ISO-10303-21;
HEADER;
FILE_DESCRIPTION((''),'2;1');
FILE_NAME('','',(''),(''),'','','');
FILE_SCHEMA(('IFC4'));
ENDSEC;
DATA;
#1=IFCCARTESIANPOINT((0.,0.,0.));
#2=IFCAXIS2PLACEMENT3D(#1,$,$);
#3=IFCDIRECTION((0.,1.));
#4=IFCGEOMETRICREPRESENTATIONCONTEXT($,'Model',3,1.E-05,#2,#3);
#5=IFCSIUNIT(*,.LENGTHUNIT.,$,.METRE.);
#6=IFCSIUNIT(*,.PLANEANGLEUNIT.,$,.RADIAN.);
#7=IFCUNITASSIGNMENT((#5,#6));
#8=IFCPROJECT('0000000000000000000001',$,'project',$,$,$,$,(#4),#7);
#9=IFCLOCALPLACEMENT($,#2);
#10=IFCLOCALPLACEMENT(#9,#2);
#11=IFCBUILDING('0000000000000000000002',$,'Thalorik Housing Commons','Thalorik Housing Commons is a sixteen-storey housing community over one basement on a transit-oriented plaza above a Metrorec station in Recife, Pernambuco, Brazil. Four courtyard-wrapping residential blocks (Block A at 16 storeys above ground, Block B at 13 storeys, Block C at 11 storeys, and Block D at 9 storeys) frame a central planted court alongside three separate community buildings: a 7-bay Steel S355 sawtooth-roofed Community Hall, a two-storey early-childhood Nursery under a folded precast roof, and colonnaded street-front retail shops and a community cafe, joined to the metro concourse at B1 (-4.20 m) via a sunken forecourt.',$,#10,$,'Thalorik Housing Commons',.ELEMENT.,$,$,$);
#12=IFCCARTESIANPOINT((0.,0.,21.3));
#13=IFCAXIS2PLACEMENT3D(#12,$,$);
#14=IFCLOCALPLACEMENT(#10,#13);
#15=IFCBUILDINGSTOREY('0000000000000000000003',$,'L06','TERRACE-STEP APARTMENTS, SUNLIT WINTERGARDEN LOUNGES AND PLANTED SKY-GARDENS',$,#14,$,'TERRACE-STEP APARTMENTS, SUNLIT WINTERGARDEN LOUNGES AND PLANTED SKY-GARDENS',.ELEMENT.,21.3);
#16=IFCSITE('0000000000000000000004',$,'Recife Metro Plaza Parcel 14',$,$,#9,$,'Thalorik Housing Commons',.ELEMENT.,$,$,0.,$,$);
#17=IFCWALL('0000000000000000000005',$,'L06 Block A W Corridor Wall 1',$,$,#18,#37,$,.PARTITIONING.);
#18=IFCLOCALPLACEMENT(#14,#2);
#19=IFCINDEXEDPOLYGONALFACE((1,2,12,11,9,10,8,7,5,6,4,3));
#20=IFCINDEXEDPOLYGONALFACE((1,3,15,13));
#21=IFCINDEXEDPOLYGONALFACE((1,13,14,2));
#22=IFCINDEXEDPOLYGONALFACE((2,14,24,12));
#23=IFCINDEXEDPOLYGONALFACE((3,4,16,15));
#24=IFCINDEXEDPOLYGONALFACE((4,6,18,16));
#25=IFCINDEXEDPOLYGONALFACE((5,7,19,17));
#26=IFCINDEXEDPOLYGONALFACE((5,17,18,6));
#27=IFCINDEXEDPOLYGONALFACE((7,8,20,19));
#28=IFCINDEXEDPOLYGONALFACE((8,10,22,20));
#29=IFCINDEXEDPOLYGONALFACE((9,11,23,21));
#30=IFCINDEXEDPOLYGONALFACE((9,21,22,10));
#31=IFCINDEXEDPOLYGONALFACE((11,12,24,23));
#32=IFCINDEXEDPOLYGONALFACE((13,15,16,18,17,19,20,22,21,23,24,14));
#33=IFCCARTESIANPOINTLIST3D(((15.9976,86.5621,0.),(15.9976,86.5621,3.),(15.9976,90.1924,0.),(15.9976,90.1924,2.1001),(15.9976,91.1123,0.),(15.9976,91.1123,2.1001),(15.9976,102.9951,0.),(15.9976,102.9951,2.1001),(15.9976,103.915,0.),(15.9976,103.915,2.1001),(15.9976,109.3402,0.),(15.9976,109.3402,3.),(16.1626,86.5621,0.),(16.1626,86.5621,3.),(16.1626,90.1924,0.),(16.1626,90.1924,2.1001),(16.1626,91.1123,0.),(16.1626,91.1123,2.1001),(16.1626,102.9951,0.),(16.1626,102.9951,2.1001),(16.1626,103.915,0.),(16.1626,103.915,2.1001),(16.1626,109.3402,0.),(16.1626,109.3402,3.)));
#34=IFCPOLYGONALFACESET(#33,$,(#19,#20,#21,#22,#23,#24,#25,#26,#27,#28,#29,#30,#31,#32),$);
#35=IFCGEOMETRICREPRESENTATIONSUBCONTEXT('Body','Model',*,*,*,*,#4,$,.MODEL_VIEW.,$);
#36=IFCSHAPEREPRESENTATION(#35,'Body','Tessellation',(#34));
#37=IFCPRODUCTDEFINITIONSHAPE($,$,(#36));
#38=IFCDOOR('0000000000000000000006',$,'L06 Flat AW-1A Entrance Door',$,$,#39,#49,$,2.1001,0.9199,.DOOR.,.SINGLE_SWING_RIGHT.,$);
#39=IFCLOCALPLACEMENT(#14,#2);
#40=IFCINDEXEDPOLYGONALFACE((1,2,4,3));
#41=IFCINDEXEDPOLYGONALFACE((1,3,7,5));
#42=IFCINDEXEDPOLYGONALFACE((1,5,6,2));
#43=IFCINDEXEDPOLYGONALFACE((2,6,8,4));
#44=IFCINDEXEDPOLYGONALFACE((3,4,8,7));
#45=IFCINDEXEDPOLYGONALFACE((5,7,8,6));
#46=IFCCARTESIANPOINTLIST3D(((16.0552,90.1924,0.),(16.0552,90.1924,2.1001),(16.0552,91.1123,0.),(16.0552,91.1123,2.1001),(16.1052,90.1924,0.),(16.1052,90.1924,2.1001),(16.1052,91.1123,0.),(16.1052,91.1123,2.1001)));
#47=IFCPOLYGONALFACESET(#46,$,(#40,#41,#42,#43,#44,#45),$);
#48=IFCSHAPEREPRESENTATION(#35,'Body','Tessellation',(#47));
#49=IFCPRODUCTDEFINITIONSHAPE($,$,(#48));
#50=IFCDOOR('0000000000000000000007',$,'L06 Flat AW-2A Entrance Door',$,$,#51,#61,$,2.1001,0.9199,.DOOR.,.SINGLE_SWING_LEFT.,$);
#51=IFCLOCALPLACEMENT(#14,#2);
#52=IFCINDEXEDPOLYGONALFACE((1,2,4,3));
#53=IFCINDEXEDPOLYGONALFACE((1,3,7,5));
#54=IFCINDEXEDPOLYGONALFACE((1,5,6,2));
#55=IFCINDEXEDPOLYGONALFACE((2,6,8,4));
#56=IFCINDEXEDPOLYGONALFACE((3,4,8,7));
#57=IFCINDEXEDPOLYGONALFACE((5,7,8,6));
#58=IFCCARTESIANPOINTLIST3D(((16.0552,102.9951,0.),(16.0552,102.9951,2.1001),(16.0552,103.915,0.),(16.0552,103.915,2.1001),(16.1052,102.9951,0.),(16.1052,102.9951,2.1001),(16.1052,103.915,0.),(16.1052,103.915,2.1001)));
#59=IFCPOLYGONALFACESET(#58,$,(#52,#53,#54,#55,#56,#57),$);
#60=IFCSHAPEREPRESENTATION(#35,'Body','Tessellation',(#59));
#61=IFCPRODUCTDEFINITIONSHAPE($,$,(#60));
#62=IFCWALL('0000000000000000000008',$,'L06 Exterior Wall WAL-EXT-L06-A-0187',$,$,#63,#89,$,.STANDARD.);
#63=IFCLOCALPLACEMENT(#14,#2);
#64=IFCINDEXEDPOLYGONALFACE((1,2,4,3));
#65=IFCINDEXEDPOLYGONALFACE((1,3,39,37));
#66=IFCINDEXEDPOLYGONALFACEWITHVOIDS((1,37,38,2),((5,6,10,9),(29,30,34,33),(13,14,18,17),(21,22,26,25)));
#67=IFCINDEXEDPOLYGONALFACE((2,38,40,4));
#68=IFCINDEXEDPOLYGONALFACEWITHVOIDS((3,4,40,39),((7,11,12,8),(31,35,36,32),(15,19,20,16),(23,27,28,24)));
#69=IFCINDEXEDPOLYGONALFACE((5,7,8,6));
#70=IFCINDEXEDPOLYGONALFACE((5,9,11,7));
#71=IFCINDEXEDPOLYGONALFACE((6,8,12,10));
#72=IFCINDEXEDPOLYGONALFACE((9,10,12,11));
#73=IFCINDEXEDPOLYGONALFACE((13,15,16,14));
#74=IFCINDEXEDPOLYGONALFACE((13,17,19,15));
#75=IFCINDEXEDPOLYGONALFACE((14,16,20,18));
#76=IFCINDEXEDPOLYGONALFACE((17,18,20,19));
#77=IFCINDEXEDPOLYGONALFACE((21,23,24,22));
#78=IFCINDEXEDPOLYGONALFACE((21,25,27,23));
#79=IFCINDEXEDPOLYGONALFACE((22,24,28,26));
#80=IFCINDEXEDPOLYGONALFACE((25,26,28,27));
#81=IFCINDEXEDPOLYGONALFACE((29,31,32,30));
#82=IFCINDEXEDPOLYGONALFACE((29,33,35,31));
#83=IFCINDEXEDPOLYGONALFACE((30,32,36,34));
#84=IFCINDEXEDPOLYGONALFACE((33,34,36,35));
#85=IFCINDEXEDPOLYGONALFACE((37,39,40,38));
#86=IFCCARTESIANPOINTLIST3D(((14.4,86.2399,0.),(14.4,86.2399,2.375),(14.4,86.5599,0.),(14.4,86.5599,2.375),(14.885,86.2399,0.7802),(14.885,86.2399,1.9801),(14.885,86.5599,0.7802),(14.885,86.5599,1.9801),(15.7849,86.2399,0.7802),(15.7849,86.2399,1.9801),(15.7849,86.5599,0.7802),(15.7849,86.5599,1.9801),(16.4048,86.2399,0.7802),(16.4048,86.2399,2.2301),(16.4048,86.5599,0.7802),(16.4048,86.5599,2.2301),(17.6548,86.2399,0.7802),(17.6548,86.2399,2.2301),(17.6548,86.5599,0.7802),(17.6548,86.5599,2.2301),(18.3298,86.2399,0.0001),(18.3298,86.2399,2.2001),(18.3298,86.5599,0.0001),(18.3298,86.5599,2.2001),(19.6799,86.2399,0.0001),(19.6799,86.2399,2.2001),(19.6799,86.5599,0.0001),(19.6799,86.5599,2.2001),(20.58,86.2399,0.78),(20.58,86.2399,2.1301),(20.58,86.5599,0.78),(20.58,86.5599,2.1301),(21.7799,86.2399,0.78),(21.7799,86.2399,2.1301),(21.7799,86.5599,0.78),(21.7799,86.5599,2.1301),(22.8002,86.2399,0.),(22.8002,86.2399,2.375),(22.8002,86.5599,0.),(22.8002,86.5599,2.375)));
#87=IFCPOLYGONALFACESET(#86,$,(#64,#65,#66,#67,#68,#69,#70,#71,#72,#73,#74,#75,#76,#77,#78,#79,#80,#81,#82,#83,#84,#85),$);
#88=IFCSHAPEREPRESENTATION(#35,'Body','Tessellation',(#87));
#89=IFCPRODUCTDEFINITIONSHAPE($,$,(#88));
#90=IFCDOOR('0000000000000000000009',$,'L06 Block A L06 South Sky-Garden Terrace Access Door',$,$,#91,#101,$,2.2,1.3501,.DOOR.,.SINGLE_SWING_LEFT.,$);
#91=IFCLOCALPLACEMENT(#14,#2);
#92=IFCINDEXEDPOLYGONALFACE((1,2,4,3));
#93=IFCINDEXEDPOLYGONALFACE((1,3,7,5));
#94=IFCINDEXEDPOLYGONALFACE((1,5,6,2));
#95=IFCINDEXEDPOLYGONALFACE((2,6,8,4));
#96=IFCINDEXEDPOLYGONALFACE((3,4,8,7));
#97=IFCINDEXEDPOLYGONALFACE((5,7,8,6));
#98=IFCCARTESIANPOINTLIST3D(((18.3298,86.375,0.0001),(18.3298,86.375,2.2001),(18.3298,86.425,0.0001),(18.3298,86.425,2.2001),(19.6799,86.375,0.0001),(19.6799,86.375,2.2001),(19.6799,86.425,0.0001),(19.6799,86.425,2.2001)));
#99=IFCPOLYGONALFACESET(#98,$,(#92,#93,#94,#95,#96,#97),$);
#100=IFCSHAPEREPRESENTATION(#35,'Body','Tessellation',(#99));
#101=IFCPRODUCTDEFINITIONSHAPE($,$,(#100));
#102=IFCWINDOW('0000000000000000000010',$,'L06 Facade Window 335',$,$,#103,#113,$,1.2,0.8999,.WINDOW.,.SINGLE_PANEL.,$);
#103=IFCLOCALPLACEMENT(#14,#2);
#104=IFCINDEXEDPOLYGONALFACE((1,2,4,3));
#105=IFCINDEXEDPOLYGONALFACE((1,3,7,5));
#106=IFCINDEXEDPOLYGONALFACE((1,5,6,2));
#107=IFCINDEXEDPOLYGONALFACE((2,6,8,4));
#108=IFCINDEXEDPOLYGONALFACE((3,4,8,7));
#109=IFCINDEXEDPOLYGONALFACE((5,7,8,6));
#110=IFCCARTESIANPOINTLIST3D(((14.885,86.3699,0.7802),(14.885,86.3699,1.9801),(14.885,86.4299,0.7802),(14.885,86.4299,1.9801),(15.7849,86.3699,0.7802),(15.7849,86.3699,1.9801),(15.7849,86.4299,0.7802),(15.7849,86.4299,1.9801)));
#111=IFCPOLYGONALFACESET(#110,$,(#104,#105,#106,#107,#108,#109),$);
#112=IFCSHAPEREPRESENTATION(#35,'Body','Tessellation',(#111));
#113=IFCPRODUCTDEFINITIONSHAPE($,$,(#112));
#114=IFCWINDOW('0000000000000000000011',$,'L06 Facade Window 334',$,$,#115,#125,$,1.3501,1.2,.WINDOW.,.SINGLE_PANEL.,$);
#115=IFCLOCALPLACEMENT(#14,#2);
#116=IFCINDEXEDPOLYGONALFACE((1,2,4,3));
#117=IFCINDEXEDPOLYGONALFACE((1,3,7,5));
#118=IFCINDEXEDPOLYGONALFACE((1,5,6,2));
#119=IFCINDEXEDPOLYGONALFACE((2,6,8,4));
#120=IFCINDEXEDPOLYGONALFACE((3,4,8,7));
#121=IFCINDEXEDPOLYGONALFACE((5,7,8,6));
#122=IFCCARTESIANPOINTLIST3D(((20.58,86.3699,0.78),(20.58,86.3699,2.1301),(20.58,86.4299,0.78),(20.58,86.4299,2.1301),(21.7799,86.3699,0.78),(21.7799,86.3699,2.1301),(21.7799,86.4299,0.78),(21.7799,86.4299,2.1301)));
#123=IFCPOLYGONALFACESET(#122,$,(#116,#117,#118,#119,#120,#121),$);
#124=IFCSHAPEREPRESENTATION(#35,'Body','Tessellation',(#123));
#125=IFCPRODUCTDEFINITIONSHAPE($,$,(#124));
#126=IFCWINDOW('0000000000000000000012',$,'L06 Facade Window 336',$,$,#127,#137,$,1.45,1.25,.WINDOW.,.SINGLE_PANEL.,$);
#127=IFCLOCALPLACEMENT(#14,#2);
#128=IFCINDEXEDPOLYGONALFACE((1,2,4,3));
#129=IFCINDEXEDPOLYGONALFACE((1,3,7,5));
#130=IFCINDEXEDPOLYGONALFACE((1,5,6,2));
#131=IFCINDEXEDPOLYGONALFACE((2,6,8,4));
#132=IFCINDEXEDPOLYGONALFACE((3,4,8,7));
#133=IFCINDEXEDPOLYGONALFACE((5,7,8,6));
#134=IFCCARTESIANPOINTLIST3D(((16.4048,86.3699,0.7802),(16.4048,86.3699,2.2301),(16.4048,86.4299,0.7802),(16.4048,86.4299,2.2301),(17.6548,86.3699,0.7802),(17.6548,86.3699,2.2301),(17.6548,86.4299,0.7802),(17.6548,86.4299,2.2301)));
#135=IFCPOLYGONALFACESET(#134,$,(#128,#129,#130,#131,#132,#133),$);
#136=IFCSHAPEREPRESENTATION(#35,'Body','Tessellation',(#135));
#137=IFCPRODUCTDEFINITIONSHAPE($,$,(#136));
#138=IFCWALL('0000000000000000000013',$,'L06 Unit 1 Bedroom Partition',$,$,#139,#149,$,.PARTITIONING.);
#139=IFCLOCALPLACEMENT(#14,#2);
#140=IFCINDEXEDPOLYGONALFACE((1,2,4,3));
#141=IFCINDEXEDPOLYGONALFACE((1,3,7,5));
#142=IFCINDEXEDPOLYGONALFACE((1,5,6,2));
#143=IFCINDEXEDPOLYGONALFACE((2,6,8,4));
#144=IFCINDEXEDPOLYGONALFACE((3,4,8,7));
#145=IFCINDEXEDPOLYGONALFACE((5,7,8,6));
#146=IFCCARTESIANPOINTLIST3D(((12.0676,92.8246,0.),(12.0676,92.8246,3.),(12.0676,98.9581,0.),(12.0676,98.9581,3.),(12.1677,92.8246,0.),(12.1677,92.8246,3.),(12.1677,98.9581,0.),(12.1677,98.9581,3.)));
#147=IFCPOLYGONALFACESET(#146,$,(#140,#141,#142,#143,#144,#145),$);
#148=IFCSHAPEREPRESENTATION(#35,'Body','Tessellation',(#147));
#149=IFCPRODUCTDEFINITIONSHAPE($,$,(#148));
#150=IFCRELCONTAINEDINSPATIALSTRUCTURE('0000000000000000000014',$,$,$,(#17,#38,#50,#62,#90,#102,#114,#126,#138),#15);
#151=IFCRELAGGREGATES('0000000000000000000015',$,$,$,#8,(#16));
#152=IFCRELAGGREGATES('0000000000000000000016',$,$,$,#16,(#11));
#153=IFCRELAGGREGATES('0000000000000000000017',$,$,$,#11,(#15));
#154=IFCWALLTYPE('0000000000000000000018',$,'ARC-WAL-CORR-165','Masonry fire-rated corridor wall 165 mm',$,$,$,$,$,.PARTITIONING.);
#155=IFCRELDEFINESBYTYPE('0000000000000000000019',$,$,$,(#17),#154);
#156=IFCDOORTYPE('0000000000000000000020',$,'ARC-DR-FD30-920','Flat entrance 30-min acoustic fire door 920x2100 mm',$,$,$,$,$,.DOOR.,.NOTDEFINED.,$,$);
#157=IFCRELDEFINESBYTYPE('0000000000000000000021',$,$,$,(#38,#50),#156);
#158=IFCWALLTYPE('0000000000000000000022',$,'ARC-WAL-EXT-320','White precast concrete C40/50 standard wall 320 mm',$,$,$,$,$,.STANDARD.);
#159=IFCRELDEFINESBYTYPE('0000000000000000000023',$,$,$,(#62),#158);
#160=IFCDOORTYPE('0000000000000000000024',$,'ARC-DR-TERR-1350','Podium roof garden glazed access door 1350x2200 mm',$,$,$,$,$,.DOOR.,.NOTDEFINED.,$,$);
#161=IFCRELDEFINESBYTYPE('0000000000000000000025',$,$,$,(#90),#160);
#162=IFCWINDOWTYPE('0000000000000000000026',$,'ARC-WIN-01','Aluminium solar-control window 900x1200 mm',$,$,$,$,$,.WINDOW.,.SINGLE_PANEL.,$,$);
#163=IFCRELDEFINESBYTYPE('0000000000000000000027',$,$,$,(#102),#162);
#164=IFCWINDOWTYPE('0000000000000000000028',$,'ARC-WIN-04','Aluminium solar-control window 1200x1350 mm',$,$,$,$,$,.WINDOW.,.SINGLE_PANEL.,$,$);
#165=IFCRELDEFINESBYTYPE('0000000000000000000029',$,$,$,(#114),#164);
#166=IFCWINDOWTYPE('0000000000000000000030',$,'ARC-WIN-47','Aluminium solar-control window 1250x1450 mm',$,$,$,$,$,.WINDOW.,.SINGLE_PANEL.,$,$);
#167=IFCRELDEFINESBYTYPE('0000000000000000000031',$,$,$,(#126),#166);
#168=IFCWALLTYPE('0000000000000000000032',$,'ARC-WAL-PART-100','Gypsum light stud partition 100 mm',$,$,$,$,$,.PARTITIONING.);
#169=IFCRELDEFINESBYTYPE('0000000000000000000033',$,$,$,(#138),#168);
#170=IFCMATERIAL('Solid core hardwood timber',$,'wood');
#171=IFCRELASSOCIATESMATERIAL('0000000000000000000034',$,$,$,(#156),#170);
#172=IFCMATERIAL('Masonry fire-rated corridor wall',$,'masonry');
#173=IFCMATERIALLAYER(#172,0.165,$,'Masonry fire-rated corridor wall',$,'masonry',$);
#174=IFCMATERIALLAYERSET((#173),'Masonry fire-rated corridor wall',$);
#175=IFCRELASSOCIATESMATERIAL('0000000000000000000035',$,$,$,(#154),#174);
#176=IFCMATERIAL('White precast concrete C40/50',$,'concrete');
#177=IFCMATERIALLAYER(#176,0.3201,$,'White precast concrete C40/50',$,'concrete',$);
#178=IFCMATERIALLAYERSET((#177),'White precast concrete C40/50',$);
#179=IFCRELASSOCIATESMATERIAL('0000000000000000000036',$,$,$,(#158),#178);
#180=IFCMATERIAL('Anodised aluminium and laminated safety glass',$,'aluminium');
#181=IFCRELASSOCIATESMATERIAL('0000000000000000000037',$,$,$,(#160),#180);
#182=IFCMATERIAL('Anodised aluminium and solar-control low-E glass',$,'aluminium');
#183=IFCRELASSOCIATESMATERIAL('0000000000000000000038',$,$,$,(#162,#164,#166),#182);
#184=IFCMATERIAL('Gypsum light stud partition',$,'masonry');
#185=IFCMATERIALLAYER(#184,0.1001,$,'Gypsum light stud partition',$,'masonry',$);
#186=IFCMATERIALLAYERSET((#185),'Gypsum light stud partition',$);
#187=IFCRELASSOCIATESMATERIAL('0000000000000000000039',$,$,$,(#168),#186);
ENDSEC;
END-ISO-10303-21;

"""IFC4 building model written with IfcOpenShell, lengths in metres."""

from ifc_helpers import new_model, si_unit, direction, frame, frame_2d, origin, place, context, subcontext, project, spatial, rectangle, extrude, material, layer, layer_set, type_object, element, fill, save


model = new_model("IFC4")

# Units and contexts
model_context = context("Model", 3, precision=1e-05, world=origin(), true_north=direction((0.0, 1.0)))
body_context = subcontext(model_context, "Body", "Model", "MODEL_VIEW")
ifc_project = project(units=[si_unit("LENGTHUNIT", "METRE"), si_unit("PLANEANGLEUNIT", "RADIAN")], contexts=[model_context])

# Site, building, storey
site_placement = place(None, origin())
site = spatial("IfcSite", under=ifc_project, at=site_placement, Name="Recife Metro Plaza Parcel 14", LongName="Thalorik Housing Commons", CompositionType="ELEMENT", RefElevation=0.0)
building_placement = place(site_placement, origin())
building = spatial("IfcBuilding", under=site, at=building_placement, Name="Thalorik Housing Commons", Description="Thalorik Housing Commons is a sixteen-storey housing community over one basement on a transit-oriented plaza above a Metrorec station in Recife, Pernambuco, Brazil. Four courtyard-wrapping residential blocks (Block A at 16 storeys above ground, Block B at 13 storeys, Block C at 11 storeys, and Block D at 9 storeys) frame a central planted court alongside three separate community buildings: a 7-bay Steel S355 sawtooth-roofed Community Hall, a two-storey early-childhood Nursery under a folded precast roof, and colonnaded street-front retail shops and a community cafe, joined to the metro concourse at B1 (-4.20 m) via a sunken forecourt.", LongName="Thalorik Housing Commons", CompositionType="ELEMENT")
storey_placement = place(building_placement, frame((0.0, 0.0, 21.3)))
storey = spatial("IfcBuildingStorey", under=building, at=storey_placement, Name="L06", Description="TERRACE-STEP APARTMENTS, SUNLIT WINTERGARDEN LOUNGES AND PLANTED SKY-GARDENS", LongName="TERRACE-STEP APARTMENTS, SUNLIT WINTERGARDEN LOUNGES AND PLANTED SKY-GARDENS", CompositionType="ELEMENT", Elevation=21.3)

# Wall, openings, doors
ifc_material_1 = material(Name="Masonry fire-rated corridor wall", Category="masonry")
ifc_material_2 = material(Name="Solid core hardwood timber", Category="wood")
door_type_1 = type_object("IfcDoorType", Name="ARC-DR-FD30-920", Description="Flat entrance 30-min acoustic fire door 920x2100 mm", OperationType="NOTDEFINED", PredefinedType="DOOR", material=ifc_material_2)
ifc_layer_1 = layer(ifc_material_1, 0.165, Name="Masonry fire-rated corridor wall", Category="masonry")
ifc_layer_set_1 = layer_set([ifc_layer_1], Name="Masonry fire-rated corridor wall")
wall_type_1 = type_object("IfcWallType", Name="ARC-WAL-CORR-165", Description="Masonry fire-rated corridor wall 165 mm", PredefinedType="PARTITIONING", material=ifc_layer_set_1)
wall_1_placement = place(storey_placement, frame((16.0801, 86.562, 0.0), z_axis=(0.0, 0.0, 1.0), x_axis=(0.0, 1.0, 0.0)))
wall_1 = element("IfcWall", 1, at=wall_1_placement, inside=storey, type_object=wall_type_1, Name="L06 Block A W Corridor Wall 1", PredefinedType="PARTITIONING", context=body_context, shape_type="SweptSolid", body=[
    extrude(rectangle(XDim=22.7781, YDim=0.165, at=frame_2d((11.3892, 0.0))), origin(), (0.0, 0.0, 1.0), 3.0),
])
opening_1_placement = place(wall_1_placement, frame((3.6304, 0.0, 0.0)))
opening_1 = element("IfcOpeningElement", 2, at=opening_1_placement, cuts=wall_1, PredefinedType="OPENING", context=body_context, shape_type="SweptSolid", body=[
    extrude(rectangle(XDim=0.9199, YDim=2.1001, at=frame_2d((0.46, 1.05))), frame((0.0, 0.0925, 0.0), z_axis=(0.0, -1.0, 0.0), x_axis=(1.0, 0.0, 0.0)), (0.0, 0.0, 1.0), 0.1851),
])
opening_2_placement = place(wall_1_placement, frame((16.4331, 0.0, 0.0)))
opening_2 = element("IfcOpeningElement", 3, at=opening_2_placement, cuts=wall_1, PredefinedType="OPENING", context=body_context, shape_type="SweptSolid", body=[
    extrude(rectangle(XDim=0.9199, YDim=2.1001, at=frame_2d((0.46, 1.05))), frame((0.0, 0.0925, 0.0), z_axis=(0.0, -1.0, 0.0), x_axis=(1.0, 0.0, 0.0)), (0.0, 0.0, 1.0), 0.1851),
])
door_1_placement = place(opening_1_placement, origin())
door_1 = element("IfcDoor", 4, at=door_1_placement, inside=storey, type_object=door_type_1, Name="L06 Flat AW-1A Entrance Door", OperationType="SINGLE_SWING_RIGHT", OverallHeight=2.1001, OverallWidth=0.9199, PredefinedType="DOOR", context=body_context, shape_type="SweptSolid", body=[
    extrude(rectangle(XDim=0.9199, YDim=2.1001, at=frame_2d((0.46, 1.05))), frame((0.0, 0.0249, 0.0), z_axis=(0.0, -1.0, 0.0), x_axis=(1.0, 0.0, 0.0)), (0.0, 0.0, 1.0), 0.05),
])
fill(opening_1, door_1)
door_2_placement = place(opening_2_placement, origin())
door_2 = element("IfcDoor", 5, at=door_2_placement, inside=storey, type_object=door_type_1, Name="L06 Flat AW-2A Entrance Door", OperationType="SINGLE_SWING_LEFT", OverallHeight=2.1001, OverallWidth=0.9199, PredefinedType="DOOR", context=body_context, shape_type="SweptSolid", body=[
    extrude(rectangle(XDim=0.9199, YDim=2.1001, at=frame_2d((0.46, 1.05))), frame((0.0, 0.0249, 0.0), z_axis=(0.0, -1.0, 0.0), x_axis=(1.0, 0.0, 0.0)), (0.0, 0.0, 1.0), 0.05),
])
fill(opening_2, door_2)

# Wall, openings, door, windows
ifc_material_3 = material(Name="White precast concrete C40/50", Category="concrete")
ifc_layer_2 = layer(ifc_material_3, 0.3201, Name="White precast concrete C40/50", Category="concrete")
ifc_layer_set_2 = layer_set([ifc_layer_2], Name="White precast concrete C40/50")
wall_type_2 = type_object("IfcWallType", Name="ARC-WAL-EXT-320", Description="White precast concrete C40/50 standard wall 320 mm", PredefinedType="STANDARD", material=ifc_layer_set_2)
wall_2_placement = place(storey_placement, frame((14.3999, 86.3999, 0.0), z_axis=(0.0, 0.0, 1.0), x_axis=(1.0, 0.0, 0.0)))
wall_2 = element("IfcWall", 6, at=wall_2_placement, inside=storey, type_object=wall_type_2, Name="L06 Exterior Wall WAL-EXT-L06-A-0187", PredefinedType="STANDARD", context=body_context, shape_type="SweptSolid", body=[
    extrude(rectangle(XDim=8.4001, YDim=0.3201, at=frame_2d((4.2002, 0.0))), origin(), (0.0, 0.0, 1.0), 2.375),
])
opening_3_placement = place(wall_2_placement, frame((3.9299, 0.0, 0.0)))
opening_3 = element("IfcOpeningElement", 7, at=opening_3_placement, cuts=wall_2, PredefinedType="OPENING", context=body_context, shape_type="SweptSolid", body=[
    extrude(rectangle(XDim=1.3501, YDim=2.2, at=frame_2d((0.675, 1.1001))), frame((0.0, 0.1699, 0.0), z_axis=(0.0, -1.0, 0.0), x_axis=(1.0, 0.0, 0.0)), (0.0, 0.0, 1.0), 0.3401),
])
opening_4_placement = place(wall_2_placement, frame((6.1799, 0.0, 0.78)))
opening_4 = element("IfcOpeningElement", 8, at=opening_4_placement, cuts=wall_2, PredefinedType="OPENING", context=body_context, shape_type="SweptSolid", body=[
    extrude(rectangle(XDim=1.2, YDim=1.3501, at=frame_2d((0.6001, 0.675))), frame((0.0, 0.1699, 0.0), z_axis=(0.0, -1.0, 0.0), x_axis=(1.0, 0.0, 0.0)), (0.0, 0.0, 1.0), 0.3401),
])
opening_5_placement = place(wall_2_placement, frame((0.4851, 0.0, 0.78)))
opening_5 = element("IfcOpeningElement", 9, at=opening_5_placement, cuts=wall_2, PredefinedType="OPENING", context=body_context, shape_type="SweptSolid", body=[
    extrude(rectangle(XDim=0.8999, YDim=1.2, at=frame_2d((0.45, 0.6001))), frame((0.0, 0.1699, 0.0), z_axis=(0.0, -1.0, 0.0), x_axis=(1.0, 0.0, 0.0)), (0.0, 0.0, 1.0), 0.3401),
])
opening_6_placement = place(wall_2_placement, frame((2.0049, 0.0, 0.78)))
opening_6 = element("IfcOpeningElement", 10, at=opening_6_placement, cuts=wall_2, PredefinedType="OPENING", context=body_context, shape_type="SweptSolid", body=[
    extrude(rectangle(XDim=1.25, YDim=1.45, at=frame_2d((0.625, 0.7251))), frame((0.0, 0.1699, 0.0), z_axis=(0.0, -1.0, 0.0), x_axis=(1.0, 0.0, 0.0)), (0.0, 0.0, 1.0), 0.3401),
])
ifc_material_4 = material(Name="Anodised aluminium and laminated safety glass", Category="aluminium")
door_type_2 = type_object("IfcDoorType", Name="ARC-DR-TERR-1350", Description="Podium roof garden glazed access door 1350x2200 mm", OperationType="NOTDEFINED", PredefinedType="DOOR", material=ifc_material_4)
door_3_placement = place(opening_3_placement, frame((1.3501, 0.0, 0.0), z_axis=(0.0, 0.0, 1.0), x_axis=(-1.0, 0.0, 0.0)))
door_3 = element("IfcDoor", 11, at=door_3_placement, inside=storey, type_object=door_type_2, Name="L06 Block A L06 South Sky-Garden Terrace Access Door", OperationType="SINGLE_SWING_LEFT", OverallHeight=2.2, OverallWidth=1.3501, PredefinedType="DOOR", context=body_context, shape_type="SweptSolid", body=[
    extrude(rectangle(XDim=1.3501, YDim=2.2, at=frame_2d((0.675, 1.1001))), frame((0.0, 0.0249, 0.0), z_axis=(0.0, -1.0, 0.0), x_axis=(1.0, 0.0, 0.0)), (0.0, 0.0, 1.0), 0.05),
])
fill(opening_3, door_3)
ifc_material_5 = material(Name="Anodised aluminium and solar-control low-E glass", Category="aluminium")
window_type_1 = type_object("IfcWindowType", Name="ARC-WIN-01", Description="Aluminium solar-control window 900x1200 mm", PartitioningType="SINGLE_PANEL", PredefinedType="WINDOW", material=ifc_material_5)
window_1_placement = place(opening_5_placement, origin())
window_1 = element("IfcWindow", 12, at=window_1_placement, inside=storey, type_object=window_type_1, Name="L06 Facade Window 335", OverallHeight=1.2, OverallWidth=0.8999, PartitioningType="SINGLE_PANEL", PredefinedType="WINDOW", context=body_context, shape_type="SweptSolid", body=[
    extrude(rectangle(XDim=0.8999, YDim=1.2, at=frame_2d((0.45, 0.6001))), frame((0.0, 0.03, 0.0), z_axis=(0.0, -1.0, 0.0), x_axis=(1.0, 0.0, 0.0)), (0.0, 0.0, 1.0), 0.0601),
])
fill(opening_5, window_1)
window_type_2 = type_object("IfcWindowType", Name="ARC-WIN-04", Description="Aluminium solar-control window 1200x1350 mm", PartitioningType="SINGLE_PANEL", PredefinedType="WINDOW", material=ifc_material_5)
window_2_placement = place(opening_4_placement, origin())
window_2 = element("IfcWindow", 13, at=window_2_placement, inside=storey, type_object=window_type_2, Name="L06 Facade Window 334", OverallHeight=1.3501, OverallWidth=1.2, PartitioningType="SINGLE_PANEL", PredefinedType="WINDOW", context=body_context, shape_type="SweptSolid", body=[
    extrude(rectangle(XDim=1.2, YDim=1.3501, at=frame_2d((0.6001, 0.675))), frame((0.0, 0.03, 0.0), z_axis=(0.0, -1.0, 0.0), x_axis=(1.0, 0.0, 0.0)), (0.0, 0.0, 1.0), 0.0601),
])
fill(opening_4, window_2)
window_type_3 = type_object("IfcWindowType", Name="ARC-WIN-47", Description="Aluminium solar-control window 1250x1450 mm", PartitioningType="SINGLE_PANEL", PredefinedType="WINDOW", material=ifc_material_5)
window_3_placement = place(opening_6_placement, origin())
window_3 = element("IfcWindow", 14, at=window_3_placement, inside=storey, type_object=window_type_3, Name="L06 Facade Window 336", OverallHeight=1.45, OverallWidth=1.25, PartitioningType="SINGLE_PANEL", PredefinedType="WINDOW", context=body_context, shape_type="SweptSolid", body=[
    extrude(rectangle(XDim=1.25, YDim=1.45, at=frame_2d((0.625, 0.7251))), frame((0.0, 0.03, 0.0), z_axis=(0.0, -1.0, 0.0), x_axis=(1.0, 0.0, 0.0)), (0.0, 0.0, 1.0), 0.0601),
])
fill(opening_6, window_3)

# Wall
ifc_material_6 = material(Name="Gypsum light stud partition", Category="masonry")
ifc_layer_3 = layer(ifc_material_6, 0.1001, Name="Gypsum light stud partition", Category="masonry")
ifc_layer_set_3 = layer_set([ifc_layer_3], Name="Gypsum light stud partition")
wall_type_3 = type_object("IfcWallType", Name="ARC-WAL-PART-100", Description="Gypsum light stud partition 100 mm", PredefinedType="PARTITIONING", material=ifc_layer_set_3)
wall_3_placement = place(storey_placement, frame((12.1177, 92.8245, 0.0), z_axis=(0.0, 0.0, 1.0), x_axis=(0.0, 1.0, 0.0)))
element("IfcWall", 15, at=wall_3_placement, inside=storey, type_object=wall_type_3, Name="L06 Unit 1 Bedroom Partition", PredefinedType="PARTITIONING", context=body_context, shape_type="SweptSolid", body=[
    extrude(rectangle(XDim=6.1335, YDim=0.1001, at=frame_2d((3.0669, 0.0))), origin(), (0.0, 0.0, 1.0), 3.0),
])

save(model, "model.ifc")
